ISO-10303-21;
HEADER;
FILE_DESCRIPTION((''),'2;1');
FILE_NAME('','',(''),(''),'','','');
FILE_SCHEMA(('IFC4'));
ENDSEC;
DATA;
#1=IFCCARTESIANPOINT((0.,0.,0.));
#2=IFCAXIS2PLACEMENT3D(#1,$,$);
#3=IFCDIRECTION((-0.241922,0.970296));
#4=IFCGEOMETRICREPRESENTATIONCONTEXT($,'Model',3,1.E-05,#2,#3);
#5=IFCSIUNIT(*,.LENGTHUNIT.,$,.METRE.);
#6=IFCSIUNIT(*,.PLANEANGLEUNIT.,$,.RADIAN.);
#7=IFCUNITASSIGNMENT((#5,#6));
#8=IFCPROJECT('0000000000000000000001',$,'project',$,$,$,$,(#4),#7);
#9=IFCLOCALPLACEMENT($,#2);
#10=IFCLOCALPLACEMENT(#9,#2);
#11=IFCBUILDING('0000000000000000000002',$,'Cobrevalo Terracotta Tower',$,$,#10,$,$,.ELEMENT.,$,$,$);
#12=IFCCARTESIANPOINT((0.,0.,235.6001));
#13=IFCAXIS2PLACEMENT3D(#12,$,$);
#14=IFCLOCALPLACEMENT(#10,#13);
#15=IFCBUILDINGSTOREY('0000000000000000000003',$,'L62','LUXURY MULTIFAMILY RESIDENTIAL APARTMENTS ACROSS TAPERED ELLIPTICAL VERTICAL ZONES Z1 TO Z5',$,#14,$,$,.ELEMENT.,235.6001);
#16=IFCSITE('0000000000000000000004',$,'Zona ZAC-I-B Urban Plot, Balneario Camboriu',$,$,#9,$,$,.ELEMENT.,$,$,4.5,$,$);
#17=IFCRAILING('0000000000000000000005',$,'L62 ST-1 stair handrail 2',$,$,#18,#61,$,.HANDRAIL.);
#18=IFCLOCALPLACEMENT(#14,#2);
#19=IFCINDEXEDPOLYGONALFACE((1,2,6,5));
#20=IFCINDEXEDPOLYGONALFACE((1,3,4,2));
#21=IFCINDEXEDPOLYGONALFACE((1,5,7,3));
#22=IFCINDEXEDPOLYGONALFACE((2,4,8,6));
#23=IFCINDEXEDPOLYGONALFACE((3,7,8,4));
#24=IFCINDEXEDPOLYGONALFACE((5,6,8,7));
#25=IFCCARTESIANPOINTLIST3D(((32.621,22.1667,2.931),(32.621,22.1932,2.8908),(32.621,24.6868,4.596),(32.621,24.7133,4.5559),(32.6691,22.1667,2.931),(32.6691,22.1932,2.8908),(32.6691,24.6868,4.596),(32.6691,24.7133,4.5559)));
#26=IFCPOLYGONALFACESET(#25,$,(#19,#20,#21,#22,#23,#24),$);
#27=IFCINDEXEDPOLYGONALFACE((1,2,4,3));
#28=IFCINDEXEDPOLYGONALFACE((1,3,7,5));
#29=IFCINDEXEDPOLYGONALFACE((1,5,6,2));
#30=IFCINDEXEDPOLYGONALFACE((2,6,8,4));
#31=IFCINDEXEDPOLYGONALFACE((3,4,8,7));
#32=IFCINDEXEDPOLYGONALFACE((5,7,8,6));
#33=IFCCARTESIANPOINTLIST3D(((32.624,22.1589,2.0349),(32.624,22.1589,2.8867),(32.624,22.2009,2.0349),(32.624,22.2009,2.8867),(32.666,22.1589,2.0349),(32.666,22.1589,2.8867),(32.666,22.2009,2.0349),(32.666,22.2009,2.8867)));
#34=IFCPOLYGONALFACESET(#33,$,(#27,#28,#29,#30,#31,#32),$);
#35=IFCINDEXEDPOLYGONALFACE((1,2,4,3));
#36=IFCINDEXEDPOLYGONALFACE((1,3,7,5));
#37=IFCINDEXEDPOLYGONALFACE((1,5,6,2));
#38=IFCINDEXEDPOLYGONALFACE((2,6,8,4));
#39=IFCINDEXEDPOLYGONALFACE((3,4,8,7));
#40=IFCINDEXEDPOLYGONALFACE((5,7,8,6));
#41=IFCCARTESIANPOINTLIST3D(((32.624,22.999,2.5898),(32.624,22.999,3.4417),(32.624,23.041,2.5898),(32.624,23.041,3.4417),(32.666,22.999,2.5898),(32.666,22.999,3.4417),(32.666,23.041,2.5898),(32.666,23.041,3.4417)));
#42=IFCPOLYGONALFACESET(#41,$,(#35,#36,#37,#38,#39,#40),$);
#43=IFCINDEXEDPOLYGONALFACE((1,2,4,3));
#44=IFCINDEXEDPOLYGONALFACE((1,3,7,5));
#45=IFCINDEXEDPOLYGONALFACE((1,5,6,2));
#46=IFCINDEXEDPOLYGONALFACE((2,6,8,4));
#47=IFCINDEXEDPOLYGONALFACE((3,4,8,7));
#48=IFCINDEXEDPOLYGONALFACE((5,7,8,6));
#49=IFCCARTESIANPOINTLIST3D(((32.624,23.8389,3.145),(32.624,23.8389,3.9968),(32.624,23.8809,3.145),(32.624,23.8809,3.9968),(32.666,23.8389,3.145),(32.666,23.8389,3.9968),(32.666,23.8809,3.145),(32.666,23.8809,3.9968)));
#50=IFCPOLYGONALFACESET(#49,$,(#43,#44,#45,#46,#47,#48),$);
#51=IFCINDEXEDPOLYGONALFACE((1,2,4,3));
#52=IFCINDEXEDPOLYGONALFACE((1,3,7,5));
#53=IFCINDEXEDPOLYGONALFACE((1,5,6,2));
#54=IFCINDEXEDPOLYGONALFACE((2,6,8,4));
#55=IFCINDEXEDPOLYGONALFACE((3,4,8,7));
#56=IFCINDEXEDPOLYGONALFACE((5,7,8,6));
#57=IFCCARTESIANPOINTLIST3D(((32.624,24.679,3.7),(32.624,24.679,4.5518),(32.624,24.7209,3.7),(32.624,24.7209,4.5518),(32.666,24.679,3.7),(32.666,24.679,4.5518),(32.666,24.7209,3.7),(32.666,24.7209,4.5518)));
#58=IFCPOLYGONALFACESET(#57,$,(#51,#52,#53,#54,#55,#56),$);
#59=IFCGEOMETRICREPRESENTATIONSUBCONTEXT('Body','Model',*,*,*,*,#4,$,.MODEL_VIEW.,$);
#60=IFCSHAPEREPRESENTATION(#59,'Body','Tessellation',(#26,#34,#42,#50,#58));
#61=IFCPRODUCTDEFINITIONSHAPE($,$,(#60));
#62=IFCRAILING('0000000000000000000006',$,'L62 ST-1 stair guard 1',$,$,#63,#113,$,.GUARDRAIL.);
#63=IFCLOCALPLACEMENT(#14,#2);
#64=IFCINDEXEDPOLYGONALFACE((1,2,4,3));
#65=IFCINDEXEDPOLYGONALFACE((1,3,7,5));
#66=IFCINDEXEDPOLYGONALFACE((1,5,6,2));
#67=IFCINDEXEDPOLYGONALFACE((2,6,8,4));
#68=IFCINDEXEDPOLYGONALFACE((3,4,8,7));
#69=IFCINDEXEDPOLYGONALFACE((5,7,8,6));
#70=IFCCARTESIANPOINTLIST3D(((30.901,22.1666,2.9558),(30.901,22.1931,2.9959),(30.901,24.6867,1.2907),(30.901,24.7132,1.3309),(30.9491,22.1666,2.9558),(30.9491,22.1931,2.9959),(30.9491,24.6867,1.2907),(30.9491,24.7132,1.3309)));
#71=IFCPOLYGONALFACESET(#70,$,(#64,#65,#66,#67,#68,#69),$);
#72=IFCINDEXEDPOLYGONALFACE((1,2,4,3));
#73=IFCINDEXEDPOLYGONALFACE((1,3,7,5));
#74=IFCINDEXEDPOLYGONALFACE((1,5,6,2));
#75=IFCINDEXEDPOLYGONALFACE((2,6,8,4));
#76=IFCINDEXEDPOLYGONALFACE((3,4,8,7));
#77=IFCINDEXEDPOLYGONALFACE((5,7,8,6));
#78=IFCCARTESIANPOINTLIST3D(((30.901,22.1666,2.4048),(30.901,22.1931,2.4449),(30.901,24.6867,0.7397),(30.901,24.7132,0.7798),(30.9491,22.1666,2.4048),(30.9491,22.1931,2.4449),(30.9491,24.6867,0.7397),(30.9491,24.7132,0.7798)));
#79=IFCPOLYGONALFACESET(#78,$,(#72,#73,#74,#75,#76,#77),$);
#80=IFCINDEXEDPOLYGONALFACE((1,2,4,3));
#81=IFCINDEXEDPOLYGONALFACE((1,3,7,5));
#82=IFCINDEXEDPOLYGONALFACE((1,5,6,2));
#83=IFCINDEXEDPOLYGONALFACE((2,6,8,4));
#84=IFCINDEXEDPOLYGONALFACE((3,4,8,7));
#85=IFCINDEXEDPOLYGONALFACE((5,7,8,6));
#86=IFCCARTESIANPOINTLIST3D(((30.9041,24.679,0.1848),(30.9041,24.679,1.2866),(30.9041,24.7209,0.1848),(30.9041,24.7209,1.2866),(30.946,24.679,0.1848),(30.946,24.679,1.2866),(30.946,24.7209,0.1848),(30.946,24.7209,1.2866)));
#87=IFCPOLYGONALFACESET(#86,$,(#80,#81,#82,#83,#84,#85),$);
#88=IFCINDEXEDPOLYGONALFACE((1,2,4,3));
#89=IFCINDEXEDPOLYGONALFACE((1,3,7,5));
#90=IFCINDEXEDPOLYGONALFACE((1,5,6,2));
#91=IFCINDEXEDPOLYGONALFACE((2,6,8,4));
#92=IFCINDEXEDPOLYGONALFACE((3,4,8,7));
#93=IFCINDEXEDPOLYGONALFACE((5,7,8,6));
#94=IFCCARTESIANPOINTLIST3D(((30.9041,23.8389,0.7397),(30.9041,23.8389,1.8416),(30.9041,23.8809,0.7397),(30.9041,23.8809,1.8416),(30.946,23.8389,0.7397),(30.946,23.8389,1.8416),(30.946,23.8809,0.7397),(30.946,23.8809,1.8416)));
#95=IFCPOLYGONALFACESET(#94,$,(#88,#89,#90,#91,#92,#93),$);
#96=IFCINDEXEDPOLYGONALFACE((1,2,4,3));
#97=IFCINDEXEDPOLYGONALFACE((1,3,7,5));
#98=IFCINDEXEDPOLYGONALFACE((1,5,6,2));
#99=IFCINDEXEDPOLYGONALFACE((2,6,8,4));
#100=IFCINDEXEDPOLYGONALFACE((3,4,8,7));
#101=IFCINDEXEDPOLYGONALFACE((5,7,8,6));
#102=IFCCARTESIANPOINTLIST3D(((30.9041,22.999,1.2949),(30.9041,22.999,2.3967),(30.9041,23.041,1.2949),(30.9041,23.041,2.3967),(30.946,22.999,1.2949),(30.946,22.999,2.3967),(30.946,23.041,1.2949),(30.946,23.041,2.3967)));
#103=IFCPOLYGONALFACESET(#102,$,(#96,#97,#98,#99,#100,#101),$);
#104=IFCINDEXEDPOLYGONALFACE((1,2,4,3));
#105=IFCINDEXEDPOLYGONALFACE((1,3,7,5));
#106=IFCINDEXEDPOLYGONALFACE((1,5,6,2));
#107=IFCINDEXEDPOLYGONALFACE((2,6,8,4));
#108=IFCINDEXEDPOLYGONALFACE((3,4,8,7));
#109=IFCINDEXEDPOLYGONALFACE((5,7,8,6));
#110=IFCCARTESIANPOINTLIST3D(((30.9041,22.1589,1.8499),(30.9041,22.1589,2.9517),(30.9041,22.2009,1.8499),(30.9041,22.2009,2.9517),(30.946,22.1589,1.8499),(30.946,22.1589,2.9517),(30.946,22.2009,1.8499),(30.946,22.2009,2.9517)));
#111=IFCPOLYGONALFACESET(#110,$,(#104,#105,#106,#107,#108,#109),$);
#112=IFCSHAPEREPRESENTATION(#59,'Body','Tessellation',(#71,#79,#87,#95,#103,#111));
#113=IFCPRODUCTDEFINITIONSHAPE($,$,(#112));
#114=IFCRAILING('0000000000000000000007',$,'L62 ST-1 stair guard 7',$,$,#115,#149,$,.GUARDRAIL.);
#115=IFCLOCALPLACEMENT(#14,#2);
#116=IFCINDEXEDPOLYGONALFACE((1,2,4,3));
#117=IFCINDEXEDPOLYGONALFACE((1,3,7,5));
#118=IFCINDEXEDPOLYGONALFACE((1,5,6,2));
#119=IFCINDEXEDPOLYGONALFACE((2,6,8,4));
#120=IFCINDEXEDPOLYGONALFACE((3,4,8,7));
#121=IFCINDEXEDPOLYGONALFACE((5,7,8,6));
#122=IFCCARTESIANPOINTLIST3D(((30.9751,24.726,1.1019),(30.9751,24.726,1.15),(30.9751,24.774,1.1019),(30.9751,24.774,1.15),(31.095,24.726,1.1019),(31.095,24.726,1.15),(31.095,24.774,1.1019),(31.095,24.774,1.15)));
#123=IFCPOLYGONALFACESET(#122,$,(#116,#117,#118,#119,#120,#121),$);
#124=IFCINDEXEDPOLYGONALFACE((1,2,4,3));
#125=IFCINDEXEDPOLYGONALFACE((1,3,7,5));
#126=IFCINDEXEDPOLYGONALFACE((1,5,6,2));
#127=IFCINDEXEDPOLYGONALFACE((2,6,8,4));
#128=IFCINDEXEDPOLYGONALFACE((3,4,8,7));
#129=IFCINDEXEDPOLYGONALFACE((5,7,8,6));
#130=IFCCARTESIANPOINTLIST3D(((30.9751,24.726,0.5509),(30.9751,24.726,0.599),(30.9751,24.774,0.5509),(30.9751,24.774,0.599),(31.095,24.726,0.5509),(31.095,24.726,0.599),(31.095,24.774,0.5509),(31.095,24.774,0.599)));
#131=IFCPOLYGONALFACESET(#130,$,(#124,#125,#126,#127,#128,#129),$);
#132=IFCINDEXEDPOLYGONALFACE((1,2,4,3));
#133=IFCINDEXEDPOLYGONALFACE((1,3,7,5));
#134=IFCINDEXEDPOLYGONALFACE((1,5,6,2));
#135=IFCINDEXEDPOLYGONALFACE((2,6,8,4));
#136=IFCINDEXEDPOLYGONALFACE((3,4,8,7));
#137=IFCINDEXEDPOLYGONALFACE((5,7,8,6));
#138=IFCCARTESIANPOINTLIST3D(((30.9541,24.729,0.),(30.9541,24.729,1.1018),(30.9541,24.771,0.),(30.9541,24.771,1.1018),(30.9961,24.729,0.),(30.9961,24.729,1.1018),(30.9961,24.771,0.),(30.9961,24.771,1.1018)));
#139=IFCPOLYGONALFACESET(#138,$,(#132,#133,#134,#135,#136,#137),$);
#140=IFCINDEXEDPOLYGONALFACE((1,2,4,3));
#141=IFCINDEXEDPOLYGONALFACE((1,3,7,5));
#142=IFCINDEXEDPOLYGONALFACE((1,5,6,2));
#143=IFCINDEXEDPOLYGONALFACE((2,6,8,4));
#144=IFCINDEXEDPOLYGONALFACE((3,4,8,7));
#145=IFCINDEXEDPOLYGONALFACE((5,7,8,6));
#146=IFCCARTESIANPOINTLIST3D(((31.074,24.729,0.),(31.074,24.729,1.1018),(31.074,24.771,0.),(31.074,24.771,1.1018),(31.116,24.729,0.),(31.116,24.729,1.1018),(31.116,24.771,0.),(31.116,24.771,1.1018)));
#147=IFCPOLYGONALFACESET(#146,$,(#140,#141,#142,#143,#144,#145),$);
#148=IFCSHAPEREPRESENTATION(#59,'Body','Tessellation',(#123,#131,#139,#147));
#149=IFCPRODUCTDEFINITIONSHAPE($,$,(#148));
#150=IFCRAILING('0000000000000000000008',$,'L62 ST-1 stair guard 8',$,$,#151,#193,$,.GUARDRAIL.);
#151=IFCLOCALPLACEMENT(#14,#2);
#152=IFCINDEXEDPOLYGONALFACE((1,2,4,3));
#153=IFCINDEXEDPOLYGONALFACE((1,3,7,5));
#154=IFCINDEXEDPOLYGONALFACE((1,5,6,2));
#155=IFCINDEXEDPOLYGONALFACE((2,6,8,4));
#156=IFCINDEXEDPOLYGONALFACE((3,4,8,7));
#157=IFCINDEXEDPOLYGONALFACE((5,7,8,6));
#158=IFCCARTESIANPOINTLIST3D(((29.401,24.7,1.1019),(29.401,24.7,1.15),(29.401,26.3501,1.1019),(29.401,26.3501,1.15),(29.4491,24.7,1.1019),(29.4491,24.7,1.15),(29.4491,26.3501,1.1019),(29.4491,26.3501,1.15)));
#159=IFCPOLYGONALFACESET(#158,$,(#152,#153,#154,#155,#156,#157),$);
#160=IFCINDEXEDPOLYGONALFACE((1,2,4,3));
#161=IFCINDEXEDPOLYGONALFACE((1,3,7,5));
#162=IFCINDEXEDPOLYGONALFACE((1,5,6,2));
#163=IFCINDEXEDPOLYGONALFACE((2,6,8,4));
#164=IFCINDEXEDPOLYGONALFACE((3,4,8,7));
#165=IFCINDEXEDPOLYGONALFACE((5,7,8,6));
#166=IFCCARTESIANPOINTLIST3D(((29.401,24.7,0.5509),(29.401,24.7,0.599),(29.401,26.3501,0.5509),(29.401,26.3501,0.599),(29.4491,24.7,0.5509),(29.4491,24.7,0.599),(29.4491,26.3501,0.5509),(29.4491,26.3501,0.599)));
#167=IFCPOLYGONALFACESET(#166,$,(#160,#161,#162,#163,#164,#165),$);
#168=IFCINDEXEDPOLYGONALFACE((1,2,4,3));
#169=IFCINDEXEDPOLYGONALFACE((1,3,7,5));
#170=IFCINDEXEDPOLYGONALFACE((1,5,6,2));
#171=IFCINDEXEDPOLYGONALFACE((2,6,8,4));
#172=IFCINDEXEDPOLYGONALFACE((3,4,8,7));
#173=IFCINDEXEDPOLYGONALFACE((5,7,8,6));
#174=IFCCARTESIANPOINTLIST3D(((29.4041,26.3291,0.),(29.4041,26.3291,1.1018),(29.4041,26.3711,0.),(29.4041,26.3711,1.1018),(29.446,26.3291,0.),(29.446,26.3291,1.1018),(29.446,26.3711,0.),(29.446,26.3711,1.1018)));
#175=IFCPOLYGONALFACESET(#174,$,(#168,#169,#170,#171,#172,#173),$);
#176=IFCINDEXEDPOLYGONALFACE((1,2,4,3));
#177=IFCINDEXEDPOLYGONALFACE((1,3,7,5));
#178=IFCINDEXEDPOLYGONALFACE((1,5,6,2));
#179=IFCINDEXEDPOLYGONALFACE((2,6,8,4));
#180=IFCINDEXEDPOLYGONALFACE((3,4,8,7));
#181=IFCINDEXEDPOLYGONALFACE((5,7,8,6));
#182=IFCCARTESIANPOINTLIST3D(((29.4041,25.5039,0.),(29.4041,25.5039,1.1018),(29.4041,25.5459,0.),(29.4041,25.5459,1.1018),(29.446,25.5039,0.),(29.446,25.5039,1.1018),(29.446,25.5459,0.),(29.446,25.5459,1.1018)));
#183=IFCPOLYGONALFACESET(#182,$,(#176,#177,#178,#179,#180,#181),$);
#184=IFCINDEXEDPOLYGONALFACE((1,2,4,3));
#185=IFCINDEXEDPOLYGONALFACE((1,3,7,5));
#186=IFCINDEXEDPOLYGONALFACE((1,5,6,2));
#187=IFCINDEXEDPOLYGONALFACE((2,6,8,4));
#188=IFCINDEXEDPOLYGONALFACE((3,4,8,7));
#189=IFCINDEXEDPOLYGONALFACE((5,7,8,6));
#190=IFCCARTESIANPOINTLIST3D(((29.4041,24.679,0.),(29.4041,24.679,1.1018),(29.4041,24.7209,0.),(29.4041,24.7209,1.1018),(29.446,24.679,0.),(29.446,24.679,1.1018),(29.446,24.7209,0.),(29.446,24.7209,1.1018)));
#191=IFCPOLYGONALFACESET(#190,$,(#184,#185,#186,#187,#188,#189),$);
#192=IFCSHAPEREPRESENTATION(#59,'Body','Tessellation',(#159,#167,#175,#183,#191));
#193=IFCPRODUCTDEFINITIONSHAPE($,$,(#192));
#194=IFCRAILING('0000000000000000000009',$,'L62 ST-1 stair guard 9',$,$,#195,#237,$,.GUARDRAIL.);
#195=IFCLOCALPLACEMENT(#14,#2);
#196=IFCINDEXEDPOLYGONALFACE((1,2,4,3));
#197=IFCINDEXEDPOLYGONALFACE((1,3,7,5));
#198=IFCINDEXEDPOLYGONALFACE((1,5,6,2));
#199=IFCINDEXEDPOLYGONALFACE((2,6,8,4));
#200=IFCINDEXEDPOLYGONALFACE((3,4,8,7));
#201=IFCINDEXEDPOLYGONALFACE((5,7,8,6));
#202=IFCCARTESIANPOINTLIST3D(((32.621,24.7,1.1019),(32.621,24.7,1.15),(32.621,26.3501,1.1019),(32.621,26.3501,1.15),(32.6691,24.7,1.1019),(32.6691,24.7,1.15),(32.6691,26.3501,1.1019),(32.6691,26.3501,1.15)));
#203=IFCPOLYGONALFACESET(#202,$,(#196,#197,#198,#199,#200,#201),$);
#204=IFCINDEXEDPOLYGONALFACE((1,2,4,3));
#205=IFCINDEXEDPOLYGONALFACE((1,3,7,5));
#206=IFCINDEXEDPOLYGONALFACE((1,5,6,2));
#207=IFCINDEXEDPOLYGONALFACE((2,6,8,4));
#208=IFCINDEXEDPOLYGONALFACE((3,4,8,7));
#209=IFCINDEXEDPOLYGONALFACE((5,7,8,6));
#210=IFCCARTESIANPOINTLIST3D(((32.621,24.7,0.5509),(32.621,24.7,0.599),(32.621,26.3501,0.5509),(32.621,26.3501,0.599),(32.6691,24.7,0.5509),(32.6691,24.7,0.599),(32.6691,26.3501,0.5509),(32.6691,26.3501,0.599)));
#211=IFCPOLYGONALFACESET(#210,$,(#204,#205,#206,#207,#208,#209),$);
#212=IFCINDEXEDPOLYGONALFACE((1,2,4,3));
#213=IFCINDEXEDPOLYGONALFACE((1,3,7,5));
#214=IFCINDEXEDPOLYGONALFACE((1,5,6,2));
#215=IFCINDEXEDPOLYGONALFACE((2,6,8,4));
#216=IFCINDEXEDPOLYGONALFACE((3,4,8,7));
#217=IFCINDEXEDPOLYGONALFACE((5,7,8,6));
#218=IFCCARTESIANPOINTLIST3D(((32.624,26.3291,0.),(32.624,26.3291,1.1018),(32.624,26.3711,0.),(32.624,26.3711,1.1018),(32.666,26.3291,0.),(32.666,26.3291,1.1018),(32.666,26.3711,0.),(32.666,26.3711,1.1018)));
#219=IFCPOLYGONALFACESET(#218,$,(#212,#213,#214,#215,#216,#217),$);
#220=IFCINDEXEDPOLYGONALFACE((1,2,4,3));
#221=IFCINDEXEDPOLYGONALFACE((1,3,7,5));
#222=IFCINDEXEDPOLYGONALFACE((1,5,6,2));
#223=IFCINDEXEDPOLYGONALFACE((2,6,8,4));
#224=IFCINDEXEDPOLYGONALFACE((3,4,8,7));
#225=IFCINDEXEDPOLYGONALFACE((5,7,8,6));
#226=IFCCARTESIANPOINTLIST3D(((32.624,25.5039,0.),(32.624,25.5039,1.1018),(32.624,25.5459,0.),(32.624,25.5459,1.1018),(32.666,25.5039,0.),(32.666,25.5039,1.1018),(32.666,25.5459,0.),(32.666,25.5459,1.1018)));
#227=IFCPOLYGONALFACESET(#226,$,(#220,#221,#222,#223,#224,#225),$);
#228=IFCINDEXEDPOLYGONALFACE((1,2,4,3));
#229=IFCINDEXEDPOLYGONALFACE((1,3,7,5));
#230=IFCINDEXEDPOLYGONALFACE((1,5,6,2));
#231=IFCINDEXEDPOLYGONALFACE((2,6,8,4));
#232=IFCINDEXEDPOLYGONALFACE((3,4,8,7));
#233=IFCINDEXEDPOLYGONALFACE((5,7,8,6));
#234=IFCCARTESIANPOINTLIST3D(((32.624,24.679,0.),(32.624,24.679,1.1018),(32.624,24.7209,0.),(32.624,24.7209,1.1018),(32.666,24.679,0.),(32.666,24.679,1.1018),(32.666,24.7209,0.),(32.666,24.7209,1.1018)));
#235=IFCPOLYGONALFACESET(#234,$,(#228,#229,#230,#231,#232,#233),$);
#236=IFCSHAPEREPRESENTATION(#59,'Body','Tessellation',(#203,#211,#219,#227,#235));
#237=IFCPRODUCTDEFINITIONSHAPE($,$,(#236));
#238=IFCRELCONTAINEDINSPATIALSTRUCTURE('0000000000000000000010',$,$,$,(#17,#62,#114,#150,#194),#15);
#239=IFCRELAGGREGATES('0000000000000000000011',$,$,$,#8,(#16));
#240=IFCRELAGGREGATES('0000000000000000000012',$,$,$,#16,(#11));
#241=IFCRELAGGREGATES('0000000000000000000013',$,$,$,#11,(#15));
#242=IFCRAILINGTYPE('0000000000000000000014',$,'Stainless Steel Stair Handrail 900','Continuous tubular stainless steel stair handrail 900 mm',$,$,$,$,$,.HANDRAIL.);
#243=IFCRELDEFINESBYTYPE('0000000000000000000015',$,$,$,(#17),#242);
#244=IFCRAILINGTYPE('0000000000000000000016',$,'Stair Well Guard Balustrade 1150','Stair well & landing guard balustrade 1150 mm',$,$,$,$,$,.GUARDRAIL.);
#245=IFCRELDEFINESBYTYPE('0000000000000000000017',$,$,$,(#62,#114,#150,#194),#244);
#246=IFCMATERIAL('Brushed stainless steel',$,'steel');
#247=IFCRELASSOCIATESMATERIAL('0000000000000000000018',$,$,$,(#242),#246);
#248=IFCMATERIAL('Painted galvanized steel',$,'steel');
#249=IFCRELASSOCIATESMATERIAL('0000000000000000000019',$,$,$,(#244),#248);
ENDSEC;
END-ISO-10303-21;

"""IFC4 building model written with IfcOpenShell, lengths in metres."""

from ifc_helpers import new_model, si_unit, direction, frame, origin, origin_2d, place, context, subcontext, project, spatial, rectangle, extrude, material, type_object, element, save


model = new_model("IFC4")

# Units and contexts
model_context = context("Model", 3, precision=1e-05, world=origin(), true_north=direction((-0.241922, 0.970296)))
body_context = subcontext(model_context, "Body", "Model", "MODEL_VIEW")
ifc_project = project(units=[si_unit("LENGTHUNIT", "METRE"), si_unit("PLANEANGLEUNIT", "RADIAN")], contexts=[model_context])

# Site, building, storey
site_placement = place(None, origin())
site = spatial("IfcSite", under=ifc_project, at=site_placement, Name="Zona ZAC-I-B Urban Plot, Balneario Camboriu", CompositionType="ELEMENT", RefElevation=4.5)
building_placement = place(site_placement, origin())
building = spatial("IfcBuilding", under=site, at=building_placement, Name="Cobrevalo Terracotta Tower", CompositionType="ELEMENT")
storey_placement = place(building_placement, frame((0.0, 0.0, 235.6001)))
storey = spatial("IfcBuildingStorey", under=building, at=storey_placement, Name="L62", Description="LUXURY MULTIFAMILY RESIDENTIAL APARTMENTS ACROSS TAPERED ELLIPTICAL VERTICAL ZONES Z1 TO Z5", CompositionType="ELEMENT", Elevation=235.6001)

# Shared definitions
ifc_material_1 = material(Name="Brushed stainless steel", Category="steel")

# Railings
railing_type_1 = type_object("IfcRailingType", Name="Stainless Steel Stair Handrail 900", Description="Continuous tubular stainless steel stair handrail 900 mm", PredefinedType="HANDRAIL", material=ifc_material_1)
railing_1_placement = place(storey_placement, frame((32.645, 22.1799, 2.0349)))
element("IfcRailing", 1, at=railing_1_placement, inside=storey, type_object=railing_type_1, Name="L62 ST-1 stair handrail 2", PredefinedType="HANDRAIL", context=body_context, shape_type="SweptSolid", body=[
    extrude(rectangle(XDim=0.0481, YDim=0.0481, at=origin_2d()), frame((0.0, 0.0, 0.876), z_axis=(0.0, 0.834331, 0.551263), x_axis=(-1.0, 0.0, 0.0)), (0.0, 0.0, 1.0), 3.0205),
    extrude(rectangle(XDim=0.042, YDim=0.042, at=origin_2d()), origin(), (0.0, 0.0, 1.0), 0.8518),
    extrude(rectangle(XDim=0.042, YDim=0.042, at=origin_2d()), frame((0.0, 0.8401, 0.5549)), (0.0, 0.0, 1.0), 0.8518),
    extrude(rectangle(XDim=0.042, YDim=0.042, at=origin_2d()), frame((0.0, 1.6799, 1.1101)), (0.0, 0.0, 1.0), 0.8518),
    extrude(rectangle(XDim=0.042, YDim=0.042, at=origin_2d()), frame((0.0, 2.52, 1.665)), (0.0, 0.0, 1.0), 0.8518),
])
ifc_material_2 = material(Name="Painted galvanized steel", Category="steel")
railing_type_2 = type_object("IfcRailingType", Name="Stair Well Guard Balustrade 1150", Description="Stair well & landing guard balustrade 1150 mm", PredefinedType="GUARDRAIL", material=ifc_material_2)
railing_2_placement = place(storey_placement, frame((30.925, 24.7, 0.1848)))
element("IfcRailing", 2, at=railing_2_placement, inside=storey, type_object=railing_type_2, Name="L62 ST-1 stair guard 1", PredefinedType="GUARDRAIL", context=body_context, shape_type="SweptSolid", body=[
    extrude(rectangle(XDim=0.0481, YDim=0.0481, at=origin_2d()), frame((0.0, 0.0, 1.126), z_axis=(0.0, -0.834331, 0.551263), x_axis=(1.0, 0.0, 0.0)), (0.0, 0.0, 1.0), 3.0205),
    extrude(rectangle(XDim=0.0481, YDim=0.0481, at=origin_2d()), frame((0.0, 0.0, 0.575), z_axis=(0.0, -0.834331, 0.551263), x_axis=(1.0, 0.0, 0.0)), (0.0, 0.0, 1.0), 3.0205),
    extrude(rectangle(XDim=0.042, YDim=0.042, at=origin_2d()), origin(), (0.0, 0.0, 1.0), 1.1018),
    extrude(rectangle(XDim=0.042, YDim=0.042, at=origin_2d()), frame((0.0, -0.8401, 0.5549)), (0.0, 0.0, 1.0), 1.1018),
    extrude(rectangle(XDim=0.042, YDim=0.042, at=origin_2d()), frame((0.0, -1.6799, 1.1101)), (0.0, 0.0, 1.0), 1.1018),
    extrude(rectangle(XDim=0.042, YDim=0.042, at=origin_2d()), frame((0.0, -2.52, 1.665)), (0.0, 0.0, 1.0), 1.1018),
])
railing_3_placement = place(storey_placement, frame((30.9751, 24.75, 0.0)))
element("IfcRailing", 3, at=railing_3_placement, inside=storey, type_object=railing_type_2, Name="L62 ST-1 stair guard 7", PredefinedType="GUARDRAIL", context=body_context, shape_type="SweptSolid", body=[
    extrude(rectangle(XDim=0.0481, YDim=0.0481, at=origin_2d()), frame((0.0, 0.0, 1.126), z_axis=(1.0, 0.0, 0.0), x_axis=(0.0, 1.0, 0.0)), (0.0, 0.0, 1.0), 0.1199),
    extrude(rectangle(XDim=0.0481, YDim=0.0481, at=origin_2d()), frame((0.0, 0.0, 0.575), z_axis=(1.0, 0.0, 0.0), x_axis=(0.0, 1.0, 0.0)), (0.0, 0.0, 1.0), 0.1199),
    extrude(rectangle(XDim=0.042, YDim=0.042, at=origin_2d()), origin(), (0.0, 0.0, 1.0), 1.1018),
    extrude(rectangle(XDim=0.042, YDim=0.042, at=origin_2d()), frame((0.1199, 0.0, 0.0)), (0.0, 0.0, 1.0), 1.1018),
])
for number, where, name in (
    (4, (29.425, 26.3501, 0.0), "L62 ST-1 stair guard 8"),
    (5, (32.645, 26.3501, 0.0), "L62 ST-1 stair guard 9"),
):
    element("IfcRailing", number, at=place(storey_placement, frame(where)), inside=storey, type_object=railing_type_2, Name=name, PredefinedType="GUARDRAIL", context=body_context, shape_type="SweptSolid", body=[
        extrude(rectangle(XDim=0.0481, YDim=0.0481, at=origin_2d()), frame((0.0, 0.0, 1.126), z_axis=(0.0, -1.0, 0.0), x_axis=(1.0, 0.0, 0.0)), (0.0, 0.0, 1.0), 1.6501),
        extrude(rectangle(XDim=0.0481, YDim=0.0481, at=origin_2d()), frame((0.0, 0.0, 0.575), z_axis=(0.0, -1.0, 0.0), x_axis=(1.0, 0.0, 0.0)), (0.0, 0.0, 1.0), 1.6501),
        extrude(rectangle(XDim=0.042, YDim=0.042, at=origin_2d()), origin(), (0.0, 0.0, 1.0), 1.1018),
        extrude(rectangle(XDim=0.042, YDim=0.042, at=origin_2d()), frame((0.0, -0.8252, 0.0)), (0.0, 0.0, 1.0), 1.1018),
        extrude(rectangle(XDim=0.042, YDim=0.042, at=origin_2d()), frame((0.0, -1.6501, 0.0)), (0.0, 0.0, 1.0), 1.1018),
    ])

save(model, "model.ifc")
